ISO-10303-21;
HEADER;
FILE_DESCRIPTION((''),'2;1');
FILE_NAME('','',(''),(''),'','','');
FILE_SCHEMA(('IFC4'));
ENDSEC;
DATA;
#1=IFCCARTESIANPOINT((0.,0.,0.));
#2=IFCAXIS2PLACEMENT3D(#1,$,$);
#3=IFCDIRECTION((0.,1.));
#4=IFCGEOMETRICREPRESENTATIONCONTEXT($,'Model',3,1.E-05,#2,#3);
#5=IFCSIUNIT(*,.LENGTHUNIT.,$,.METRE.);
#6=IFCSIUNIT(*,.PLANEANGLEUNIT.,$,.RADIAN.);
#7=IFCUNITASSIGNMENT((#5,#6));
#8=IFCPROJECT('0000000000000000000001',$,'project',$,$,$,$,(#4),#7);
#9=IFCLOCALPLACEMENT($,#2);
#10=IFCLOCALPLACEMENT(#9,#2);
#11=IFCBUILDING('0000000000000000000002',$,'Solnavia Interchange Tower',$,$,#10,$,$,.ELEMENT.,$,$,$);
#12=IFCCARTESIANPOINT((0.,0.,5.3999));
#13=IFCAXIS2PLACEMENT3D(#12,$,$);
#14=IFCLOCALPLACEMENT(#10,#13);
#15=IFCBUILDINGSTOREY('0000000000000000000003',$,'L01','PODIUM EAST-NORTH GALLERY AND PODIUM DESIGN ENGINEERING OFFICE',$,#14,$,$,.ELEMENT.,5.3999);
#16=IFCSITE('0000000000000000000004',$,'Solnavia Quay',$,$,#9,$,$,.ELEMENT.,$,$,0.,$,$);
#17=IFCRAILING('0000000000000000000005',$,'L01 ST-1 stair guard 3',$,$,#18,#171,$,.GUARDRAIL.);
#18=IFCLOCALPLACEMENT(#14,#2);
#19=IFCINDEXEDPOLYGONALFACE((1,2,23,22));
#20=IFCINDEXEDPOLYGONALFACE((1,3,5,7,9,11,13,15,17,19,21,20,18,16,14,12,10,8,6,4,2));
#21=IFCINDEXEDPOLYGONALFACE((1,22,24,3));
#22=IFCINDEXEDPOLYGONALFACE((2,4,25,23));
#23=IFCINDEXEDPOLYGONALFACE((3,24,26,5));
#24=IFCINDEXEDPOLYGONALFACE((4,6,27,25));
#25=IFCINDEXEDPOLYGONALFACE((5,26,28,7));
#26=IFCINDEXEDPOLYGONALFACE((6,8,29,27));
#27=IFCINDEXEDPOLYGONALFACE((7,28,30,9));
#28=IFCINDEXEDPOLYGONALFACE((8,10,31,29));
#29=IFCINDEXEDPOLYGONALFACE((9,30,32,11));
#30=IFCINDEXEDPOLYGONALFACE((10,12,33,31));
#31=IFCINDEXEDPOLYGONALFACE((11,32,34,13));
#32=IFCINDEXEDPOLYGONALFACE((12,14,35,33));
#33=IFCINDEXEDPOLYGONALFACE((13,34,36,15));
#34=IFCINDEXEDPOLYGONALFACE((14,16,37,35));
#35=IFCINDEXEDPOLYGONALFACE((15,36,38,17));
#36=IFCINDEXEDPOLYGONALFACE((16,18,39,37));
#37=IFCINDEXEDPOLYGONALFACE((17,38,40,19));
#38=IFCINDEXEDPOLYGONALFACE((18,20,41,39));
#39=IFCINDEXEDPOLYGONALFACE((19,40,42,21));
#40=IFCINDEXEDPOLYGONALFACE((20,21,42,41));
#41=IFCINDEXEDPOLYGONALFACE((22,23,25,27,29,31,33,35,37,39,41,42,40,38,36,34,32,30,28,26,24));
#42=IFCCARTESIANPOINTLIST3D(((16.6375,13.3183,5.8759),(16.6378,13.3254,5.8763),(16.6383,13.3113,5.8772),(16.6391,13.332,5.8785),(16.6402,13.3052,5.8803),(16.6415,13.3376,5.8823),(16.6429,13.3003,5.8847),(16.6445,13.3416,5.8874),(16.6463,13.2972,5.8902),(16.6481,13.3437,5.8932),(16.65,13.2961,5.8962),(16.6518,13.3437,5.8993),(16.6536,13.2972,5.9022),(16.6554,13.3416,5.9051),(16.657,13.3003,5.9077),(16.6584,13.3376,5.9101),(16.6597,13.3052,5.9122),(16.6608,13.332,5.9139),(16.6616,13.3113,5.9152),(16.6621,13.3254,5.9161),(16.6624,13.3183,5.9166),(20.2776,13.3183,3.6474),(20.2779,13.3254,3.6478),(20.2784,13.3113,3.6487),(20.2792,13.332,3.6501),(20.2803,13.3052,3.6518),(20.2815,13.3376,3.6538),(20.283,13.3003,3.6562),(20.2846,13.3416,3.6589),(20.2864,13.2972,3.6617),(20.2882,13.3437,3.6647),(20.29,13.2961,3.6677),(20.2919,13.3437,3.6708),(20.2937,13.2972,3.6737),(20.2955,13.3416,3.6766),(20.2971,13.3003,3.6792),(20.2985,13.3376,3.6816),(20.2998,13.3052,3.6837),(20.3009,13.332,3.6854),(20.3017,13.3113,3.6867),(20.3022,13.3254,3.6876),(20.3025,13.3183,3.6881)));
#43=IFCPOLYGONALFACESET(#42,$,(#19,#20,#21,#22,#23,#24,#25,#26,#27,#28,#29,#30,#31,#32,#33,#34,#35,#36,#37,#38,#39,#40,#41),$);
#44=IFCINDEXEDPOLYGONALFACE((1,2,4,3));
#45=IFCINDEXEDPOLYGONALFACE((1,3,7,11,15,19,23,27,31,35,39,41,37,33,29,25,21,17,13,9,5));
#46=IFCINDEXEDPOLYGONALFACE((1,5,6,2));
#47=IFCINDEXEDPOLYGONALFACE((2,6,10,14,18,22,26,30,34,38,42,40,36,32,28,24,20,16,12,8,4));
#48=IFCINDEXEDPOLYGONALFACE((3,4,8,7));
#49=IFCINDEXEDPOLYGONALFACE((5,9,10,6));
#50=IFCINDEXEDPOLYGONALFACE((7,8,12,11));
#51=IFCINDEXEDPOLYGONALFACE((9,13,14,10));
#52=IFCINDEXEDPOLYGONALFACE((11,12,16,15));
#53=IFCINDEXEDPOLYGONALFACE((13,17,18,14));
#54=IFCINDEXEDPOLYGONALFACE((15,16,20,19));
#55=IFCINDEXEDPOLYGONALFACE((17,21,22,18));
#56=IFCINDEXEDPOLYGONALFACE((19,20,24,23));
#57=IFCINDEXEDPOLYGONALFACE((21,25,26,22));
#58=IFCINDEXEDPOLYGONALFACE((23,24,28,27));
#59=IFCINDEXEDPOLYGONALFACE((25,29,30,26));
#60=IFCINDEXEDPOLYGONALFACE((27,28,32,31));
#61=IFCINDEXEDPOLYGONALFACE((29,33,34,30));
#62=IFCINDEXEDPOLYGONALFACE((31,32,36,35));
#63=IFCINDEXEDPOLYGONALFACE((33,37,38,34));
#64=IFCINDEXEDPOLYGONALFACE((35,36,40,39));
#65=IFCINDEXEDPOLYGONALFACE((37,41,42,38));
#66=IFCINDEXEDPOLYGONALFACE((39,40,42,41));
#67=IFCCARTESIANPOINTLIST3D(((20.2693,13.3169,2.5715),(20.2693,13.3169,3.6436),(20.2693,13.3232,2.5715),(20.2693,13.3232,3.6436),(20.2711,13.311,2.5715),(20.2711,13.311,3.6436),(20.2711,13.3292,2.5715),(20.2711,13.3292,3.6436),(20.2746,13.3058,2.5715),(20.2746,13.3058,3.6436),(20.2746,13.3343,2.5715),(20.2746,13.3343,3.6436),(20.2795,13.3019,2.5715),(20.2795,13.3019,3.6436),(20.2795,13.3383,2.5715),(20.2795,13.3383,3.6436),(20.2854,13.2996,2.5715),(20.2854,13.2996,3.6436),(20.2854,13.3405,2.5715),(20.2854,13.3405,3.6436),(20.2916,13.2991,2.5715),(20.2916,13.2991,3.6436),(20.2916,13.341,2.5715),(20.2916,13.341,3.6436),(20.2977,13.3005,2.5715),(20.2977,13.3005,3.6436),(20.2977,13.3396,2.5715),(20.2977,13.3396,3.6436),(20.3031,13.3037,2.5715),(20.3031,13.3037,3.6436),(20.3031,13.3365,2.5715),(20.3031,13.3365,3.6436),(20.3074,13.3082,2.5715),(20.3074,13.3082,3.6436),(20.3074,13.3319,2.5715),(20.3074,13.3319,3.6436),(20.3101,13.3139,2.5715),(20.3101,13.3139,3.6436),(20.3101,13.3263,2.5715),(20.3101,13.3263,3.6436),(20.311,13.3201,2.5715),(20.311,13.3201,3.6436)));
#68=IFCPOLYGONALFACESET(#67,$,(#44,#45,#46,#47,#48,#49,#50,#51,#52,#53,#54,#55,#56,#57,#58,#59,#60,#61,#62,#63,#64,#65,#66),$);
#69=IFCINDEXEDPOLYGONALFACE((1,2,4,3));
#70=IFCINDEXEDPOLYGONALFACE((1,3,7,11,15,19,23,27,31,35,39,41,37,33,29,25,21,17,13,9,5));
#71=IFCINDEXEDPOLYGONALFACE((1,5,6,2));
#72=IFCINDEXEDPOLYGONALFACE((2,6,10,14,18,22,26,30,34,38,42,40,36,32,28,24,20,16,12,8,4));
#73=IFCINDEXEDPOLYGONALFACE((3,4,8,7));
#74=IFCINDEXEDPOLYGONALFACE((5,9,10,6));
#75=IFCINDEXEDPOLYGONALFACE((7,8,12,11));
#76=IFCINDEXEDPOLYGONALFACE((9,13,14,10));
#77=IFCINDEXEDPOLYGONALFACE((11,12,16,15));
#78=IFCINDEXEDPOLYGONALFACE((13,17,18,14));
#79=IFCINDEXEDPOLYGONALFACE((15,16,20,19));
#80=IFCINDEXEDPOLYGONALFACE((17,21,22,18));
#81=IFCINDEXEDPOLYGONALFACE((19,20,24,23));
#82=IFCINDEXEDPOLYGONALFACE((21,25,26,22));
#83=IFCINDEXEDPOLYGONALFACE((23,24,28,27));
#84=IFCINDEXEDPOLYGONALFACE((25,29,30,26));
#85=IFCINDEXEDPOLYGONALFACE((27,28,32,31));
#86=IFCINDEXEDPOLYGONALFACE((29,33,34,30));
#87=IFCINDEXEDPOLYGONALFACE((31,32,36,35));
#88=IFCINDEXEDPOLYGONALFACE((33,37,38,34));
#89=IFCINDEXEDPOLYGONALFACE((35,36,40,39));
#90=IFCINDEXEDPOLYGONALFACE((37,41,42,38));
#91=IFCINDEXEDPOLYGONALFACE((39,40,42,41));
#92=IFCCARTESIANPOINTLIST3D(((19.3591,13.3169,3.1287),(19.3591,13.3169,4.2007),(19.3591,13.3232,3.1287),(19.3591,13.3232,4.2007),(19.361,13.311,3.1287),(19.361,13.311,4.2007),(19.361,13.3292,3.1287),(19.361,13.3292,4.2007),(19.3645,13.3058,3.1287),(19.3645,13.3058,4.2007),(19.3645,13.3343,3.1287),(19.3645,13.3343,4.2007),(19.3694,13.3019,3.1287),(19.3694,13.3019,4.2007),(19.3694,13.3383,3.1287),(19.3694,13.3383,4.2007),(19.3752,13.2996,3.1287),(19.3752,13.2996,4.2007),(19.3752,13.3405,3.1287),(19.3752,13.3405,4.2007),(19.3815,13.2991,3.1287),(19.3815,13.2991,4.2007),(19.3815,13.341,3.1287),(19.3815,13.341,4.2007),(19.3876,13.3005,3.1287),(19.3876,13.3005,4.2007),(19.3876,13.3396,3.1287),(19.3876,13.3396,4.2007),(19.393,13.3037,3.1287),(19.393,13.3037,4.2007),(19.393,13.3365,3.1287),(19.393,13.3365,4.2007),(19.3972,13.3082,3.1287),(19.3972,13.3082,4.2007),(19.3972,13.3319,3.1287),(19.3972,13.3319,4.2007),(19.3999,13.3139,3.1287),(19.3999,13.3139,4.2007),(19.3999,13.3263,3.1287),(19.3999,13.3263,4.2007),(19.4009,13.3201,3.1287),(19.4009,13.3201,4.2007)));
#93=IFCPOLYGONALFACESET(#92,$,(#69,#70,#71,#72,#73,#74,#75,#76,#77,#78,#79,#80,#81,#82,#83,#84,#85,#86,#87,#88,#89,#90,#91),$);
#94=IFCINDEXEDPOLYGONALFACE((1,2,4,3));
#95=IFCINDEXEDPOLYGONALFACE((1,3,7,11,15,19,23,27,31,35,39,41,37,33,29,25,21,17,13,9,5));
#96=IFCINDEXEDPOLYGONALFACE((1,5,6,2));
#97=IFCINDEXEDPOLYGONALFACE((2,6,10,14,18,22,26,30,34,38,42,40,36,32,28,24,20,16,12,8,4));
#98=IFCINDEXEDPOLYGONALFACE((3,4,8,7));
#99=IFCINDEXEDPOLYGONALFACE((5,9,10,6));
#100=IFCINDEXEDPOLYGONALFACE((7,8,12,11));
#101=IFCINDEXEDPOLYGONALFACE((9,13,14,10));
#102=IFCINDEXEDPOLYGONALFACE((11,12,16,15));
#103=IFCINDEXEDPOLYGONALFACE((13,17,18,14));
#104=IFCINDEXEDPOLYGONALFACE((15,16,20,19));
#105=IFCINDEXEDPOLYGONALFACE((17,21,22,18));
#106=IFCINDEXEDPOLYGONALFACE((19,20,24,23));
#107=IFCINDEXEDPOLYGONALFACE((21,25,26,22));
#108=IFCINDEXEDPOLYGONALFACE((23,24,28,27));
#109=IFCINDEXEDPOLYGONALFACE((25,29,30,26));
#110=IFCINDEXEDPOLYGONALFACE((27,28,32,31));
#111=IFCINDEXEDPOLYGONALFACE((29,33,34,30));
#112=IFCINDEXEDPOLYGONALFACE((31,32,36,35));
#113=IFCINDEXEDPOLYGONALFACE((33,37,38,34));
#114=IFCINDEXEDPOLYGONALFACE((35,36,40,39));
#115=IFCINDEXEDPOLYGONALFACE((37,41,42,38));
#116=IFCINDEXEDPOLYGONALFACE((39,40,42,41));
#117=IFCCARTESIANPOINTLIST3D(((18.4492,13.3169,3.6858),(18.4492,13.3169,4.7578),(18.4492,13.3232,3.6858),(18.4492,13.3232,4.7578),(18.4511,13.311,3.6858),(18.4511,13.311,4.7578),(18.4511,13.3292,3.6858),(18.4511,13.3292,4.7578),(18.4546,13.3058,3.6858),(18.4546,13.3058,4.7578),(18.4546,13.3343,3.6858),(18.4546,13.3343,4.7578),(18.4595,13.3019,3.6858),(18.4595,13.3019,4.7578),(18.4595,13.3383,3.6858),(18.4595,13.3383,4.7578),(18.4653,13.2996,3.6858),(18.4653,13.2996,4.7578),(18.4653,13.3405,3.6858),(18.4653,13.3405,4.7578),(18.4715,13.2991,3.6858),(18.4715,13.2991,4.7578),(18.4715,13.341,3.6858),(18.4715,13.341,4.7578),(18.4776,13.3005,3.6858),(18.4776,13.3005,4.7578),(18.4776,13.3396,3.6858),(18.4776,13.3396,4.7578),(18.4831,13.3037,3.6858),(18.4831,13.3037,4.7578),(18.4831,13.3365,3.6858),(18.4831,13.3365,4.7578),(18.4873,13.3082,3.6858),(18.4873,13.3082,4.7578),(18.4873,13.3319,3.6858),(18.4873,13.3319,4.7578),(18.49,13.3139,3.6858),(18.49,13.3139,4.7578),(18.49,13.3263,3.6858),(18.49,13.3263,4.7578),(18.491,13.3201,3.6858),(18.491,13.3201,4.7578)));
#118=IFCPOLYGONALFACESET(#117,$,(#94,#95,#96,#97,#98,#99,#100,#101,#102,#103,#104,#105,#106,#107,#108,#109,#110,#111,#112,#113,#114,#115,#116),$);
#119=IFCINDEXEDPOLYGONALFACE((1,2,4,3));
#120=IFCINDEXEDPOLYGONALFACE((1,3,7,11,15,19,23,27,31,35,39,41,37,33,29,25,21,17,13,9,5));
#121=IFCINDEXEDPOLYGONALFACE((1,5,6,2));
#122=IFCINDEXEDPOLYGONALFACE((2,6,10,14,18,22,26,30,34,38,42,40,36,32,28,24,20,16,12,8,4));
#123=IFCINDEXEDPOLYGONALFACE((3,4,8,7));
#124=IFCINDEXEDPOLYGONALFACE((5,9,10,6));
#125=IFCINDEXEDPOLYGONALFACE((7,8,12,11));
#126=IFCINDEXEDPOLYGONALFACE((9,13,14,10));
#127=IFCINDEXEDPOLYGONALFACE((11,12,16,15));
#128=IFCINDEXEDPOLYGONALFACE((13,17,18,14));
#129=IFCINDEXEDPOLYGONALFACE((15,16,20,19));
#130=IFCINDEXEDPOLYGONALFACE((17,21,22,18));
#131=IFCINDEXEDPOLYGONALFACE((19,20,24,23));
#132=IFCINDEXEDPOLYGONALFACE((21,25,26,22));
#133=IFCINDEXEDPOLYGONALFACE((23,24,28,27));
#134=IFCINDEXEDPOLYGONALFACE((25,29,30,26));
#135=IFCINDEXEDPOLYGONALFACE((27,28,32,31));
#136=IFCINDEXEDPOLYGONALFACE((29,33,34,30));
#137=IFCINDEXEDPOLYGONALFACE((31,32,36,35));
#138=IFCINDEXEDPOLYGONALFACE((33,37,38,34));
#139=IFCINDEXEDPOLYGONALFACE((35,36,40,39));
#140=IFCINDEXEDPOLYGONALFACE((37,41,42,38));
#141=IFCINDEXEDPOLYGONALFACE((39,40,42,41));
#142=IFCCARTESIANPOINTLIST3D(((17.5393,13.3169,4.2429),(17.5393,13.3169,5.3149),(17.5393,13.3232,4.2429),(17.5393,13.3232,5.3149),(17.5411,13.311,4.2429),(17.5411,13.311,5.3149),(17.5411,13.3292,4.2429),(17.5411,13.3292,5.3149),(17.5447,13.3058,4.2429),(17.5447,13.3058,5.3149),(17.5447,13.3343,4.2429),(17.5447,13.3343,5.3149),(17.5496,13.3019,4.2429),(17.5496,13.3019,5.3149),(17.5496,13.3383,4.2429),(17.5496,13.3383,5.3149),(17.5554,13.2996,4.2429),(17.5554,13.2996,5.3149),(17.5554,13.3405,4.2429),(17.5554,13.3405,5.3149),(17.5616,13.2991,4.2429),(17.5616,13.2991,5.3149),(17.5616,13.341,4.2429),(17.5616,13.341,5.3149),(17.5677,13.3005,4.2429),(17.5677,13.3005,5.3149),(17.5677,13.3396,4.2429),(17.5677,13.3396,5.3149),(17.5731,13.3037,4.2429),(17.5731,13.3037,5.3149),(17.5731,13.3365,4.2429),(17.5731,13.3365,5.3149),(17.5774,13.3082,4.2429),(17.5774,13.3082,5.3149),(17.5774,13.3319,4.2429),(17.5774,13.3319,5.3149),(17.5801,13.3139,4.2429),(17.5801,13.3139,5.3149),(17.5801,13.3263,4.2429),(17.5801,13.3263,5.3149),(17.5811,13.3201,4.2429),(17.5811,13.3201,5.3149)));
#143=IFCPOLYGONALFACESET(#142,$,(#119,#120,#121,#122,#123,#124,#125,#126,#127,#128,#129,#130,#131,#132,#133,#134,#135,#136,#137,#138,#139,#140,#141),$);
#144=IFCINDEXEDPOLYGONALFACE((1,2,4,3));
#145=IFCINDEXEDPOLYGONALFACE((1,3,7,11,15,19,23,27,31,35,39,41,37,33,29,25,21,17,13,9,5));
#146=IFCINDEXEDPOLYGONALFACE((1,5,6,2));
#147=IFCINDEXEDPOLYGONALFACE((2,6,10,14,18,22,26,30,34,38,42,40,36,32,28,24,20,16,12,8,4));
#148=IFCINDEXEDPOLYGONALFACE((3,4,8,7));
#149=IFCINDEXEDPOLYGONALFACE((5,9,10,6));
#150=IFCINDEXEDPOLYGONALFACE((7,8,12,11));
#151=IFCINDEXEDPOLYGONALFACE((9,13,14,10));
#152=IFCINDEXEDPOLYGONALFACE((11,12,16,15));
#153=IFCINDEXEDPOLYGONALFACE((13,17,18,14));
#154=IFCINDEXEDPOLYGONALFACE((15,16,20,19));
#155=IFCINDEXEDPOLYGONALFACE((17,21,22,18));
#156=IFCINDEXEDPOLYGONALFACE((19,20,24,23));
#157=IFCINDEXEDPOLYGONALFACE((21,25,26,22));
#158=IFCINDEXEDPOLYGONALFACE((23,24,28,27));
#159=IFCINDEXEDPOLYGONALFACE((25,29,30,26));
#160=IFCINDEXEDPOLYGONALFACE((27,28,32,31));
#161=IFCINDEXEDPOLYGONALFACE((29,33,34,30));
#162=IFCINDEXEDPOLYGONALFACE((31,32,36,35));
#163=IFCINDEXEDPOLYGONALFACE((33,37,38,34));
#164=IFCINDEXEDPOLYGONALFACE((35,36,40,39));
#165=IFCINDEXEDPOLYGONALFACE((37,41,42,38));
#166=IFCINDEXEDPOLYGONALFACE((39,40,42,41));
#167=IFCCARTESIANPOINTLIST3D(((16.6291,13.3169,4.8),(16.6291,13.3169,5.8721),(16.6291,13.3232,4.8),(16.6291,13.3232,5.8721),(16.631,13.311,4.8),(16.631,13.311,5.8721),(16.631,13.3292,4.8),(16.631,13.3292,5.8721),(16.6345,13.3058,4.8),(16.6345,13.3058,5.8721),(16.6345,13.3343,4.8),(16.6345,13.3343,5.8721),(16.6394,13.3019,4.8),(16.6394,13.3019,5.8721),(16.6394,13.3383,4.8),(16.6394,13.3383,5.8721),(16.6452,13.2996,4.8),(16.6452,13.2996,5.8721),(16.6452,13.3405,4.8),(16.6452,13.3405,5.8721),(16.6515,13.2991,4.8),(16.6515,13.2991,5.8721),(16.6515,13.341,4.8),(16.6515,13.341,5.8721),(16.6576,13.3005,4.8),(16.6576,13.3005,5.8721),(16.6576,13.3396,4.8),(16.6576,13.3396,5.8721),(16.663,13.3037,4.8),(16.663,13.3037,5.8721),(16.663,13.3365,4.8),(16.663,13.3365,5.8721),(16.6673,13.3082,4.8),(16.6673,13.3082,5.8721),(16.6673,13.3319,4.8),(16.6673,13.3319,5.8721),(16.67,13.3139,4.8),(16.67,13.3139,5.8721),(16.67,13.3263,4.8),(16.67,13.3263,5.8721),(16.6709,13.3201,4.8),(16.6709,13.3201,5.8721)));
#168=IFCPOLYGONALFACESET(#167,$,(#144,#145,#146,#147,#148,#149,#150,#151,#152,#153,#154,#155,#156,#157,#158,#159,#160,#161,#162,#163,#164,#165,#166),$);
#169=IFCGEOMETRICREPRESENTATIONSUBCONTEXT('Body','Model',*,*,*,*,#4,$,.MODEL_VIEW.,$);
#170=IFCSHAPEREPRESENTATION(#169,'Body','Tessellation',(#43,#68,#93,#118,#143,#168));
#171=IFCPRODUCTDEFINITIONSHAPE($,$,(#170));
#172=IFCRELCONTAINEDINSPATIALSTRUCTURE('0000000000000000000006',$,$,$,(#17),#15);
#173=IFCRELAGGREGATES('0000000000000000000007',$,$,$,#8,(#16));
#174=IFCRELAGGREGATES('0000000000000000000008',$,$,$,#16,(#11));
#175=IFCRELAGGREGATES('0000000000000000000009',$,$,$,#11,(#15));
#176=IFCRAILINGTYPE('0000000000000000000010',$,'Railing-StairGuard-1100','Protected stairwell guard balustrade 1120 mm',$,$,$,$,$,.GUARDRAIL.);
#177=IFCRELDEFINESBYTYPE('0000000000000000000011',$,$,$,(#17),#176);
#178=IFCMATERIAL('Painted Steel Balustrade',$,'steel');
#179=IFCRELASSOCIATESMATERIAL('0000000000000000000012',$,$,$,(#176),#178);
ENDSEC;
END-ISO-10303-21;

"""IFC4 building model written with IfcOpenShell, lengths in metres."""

from ifc_helpers import new_model, si_unit, direction, frame, origin, origin_2d, place, context, subcontext, project, spatial, circle, extrude, material, type_object, element, save


model = new_model("IFC4")

# Units and contexts
model_context = context("Model", 3, precision=1e-05, world=origin(), true_north=direction((0.0, 1.0)))
body_context = subcontext(model_context, "Body", "Model", "MODEL_VIEW")
ifc_project = project(units=[si_unit("LENGTHUNIT", "METRE"), si_unit("PLANEANGLEUNIT", "RADIAN")], contexts=[model_context])

# Site, building, storey
site_placement = place(None, origin())
site = spatial("IfcSite", under=ifc_project, at=site_placement, Name="Solnavia Quay", CompositionType="ELEMENT", RefElevation=0.0)
building_placement = place(site_placement, origin())
building = spatial("IfcBuilding", under=site, at=building_placement, Name="Solnavia Interchange Tower", CompositionType="ELEMENT")
storey_placement = place(building_placement, frame((0.0, 0.0, 5.3999)))
storey = spatial("IfcBuildingStorey", under=building, at=storey_placement, Name="L01", Description="PODIUM EAST-NORTH GALLERY AND PODIUM DESIGN ENGINEERING OFFICE", CompositionType="ELEMENT", Elevation=5.3999)

# Railing
ifc_material_1 = material(Name="Painted Steel Balustrade", Category="steel")
railing_type_1 = type_object("IfcRailingType", Name="Railing-StairGuard-1100", Description="Protected stairwell guard balustrade 1120 mm", PredefinedType="GUARDRAIL", material=ifc_material_1)
railing_1_placement = place(storey_placement, frame((20.29, 13.3201, 2.5715)))
element("IfcRailing", 1, at=railing_1_placement, inside=storey, type_object=railing_type_1, Name="L01 ST-1 stair guard 3", PredefinedType="GUARDRAIL", context=body_context, shape_type="SweptSolid", body=[
    extrude(circle(Radius=0.0239, at=origin_2d()), frame((0.0, 0.0, 1.0962), z_axis=(-0.852866, 0.0, 0.52213), x_axis=(0.0, -1.0, 0.0)), (0.0, 0.0, 1.0), 4.2681),
    extrude(circle(Radius=0.021, at=origin_2d()), origin(), (0.0, 0.0, 1.0), 1.072),
    extrude(circle(Radius=0.021, at=origin_2d()), frame((-0.9102, 0.0, 0.5571)), (0.0, 0.0, 1.0), 1.072),
    extrude(circle(Radius=0.021, at=origin_2d()), frame((-1.8201, 0.0, 1.1143)), (0.0, 0.0, 1.0), 1.072),
    extrude(circle(Radius=0.021, at=origin_2d()), frame((-2.73, 0.0, 1.6714)), (0.0, 0.0, 1.0), 1.072),
    extrude(circle(Radius=0.021, at=origin_2d()), frame((-3.6401, 0.0, 2.2285)), (0.0, 0.0, 1.0), 1.072),
])

save(model, "model.ifc")
